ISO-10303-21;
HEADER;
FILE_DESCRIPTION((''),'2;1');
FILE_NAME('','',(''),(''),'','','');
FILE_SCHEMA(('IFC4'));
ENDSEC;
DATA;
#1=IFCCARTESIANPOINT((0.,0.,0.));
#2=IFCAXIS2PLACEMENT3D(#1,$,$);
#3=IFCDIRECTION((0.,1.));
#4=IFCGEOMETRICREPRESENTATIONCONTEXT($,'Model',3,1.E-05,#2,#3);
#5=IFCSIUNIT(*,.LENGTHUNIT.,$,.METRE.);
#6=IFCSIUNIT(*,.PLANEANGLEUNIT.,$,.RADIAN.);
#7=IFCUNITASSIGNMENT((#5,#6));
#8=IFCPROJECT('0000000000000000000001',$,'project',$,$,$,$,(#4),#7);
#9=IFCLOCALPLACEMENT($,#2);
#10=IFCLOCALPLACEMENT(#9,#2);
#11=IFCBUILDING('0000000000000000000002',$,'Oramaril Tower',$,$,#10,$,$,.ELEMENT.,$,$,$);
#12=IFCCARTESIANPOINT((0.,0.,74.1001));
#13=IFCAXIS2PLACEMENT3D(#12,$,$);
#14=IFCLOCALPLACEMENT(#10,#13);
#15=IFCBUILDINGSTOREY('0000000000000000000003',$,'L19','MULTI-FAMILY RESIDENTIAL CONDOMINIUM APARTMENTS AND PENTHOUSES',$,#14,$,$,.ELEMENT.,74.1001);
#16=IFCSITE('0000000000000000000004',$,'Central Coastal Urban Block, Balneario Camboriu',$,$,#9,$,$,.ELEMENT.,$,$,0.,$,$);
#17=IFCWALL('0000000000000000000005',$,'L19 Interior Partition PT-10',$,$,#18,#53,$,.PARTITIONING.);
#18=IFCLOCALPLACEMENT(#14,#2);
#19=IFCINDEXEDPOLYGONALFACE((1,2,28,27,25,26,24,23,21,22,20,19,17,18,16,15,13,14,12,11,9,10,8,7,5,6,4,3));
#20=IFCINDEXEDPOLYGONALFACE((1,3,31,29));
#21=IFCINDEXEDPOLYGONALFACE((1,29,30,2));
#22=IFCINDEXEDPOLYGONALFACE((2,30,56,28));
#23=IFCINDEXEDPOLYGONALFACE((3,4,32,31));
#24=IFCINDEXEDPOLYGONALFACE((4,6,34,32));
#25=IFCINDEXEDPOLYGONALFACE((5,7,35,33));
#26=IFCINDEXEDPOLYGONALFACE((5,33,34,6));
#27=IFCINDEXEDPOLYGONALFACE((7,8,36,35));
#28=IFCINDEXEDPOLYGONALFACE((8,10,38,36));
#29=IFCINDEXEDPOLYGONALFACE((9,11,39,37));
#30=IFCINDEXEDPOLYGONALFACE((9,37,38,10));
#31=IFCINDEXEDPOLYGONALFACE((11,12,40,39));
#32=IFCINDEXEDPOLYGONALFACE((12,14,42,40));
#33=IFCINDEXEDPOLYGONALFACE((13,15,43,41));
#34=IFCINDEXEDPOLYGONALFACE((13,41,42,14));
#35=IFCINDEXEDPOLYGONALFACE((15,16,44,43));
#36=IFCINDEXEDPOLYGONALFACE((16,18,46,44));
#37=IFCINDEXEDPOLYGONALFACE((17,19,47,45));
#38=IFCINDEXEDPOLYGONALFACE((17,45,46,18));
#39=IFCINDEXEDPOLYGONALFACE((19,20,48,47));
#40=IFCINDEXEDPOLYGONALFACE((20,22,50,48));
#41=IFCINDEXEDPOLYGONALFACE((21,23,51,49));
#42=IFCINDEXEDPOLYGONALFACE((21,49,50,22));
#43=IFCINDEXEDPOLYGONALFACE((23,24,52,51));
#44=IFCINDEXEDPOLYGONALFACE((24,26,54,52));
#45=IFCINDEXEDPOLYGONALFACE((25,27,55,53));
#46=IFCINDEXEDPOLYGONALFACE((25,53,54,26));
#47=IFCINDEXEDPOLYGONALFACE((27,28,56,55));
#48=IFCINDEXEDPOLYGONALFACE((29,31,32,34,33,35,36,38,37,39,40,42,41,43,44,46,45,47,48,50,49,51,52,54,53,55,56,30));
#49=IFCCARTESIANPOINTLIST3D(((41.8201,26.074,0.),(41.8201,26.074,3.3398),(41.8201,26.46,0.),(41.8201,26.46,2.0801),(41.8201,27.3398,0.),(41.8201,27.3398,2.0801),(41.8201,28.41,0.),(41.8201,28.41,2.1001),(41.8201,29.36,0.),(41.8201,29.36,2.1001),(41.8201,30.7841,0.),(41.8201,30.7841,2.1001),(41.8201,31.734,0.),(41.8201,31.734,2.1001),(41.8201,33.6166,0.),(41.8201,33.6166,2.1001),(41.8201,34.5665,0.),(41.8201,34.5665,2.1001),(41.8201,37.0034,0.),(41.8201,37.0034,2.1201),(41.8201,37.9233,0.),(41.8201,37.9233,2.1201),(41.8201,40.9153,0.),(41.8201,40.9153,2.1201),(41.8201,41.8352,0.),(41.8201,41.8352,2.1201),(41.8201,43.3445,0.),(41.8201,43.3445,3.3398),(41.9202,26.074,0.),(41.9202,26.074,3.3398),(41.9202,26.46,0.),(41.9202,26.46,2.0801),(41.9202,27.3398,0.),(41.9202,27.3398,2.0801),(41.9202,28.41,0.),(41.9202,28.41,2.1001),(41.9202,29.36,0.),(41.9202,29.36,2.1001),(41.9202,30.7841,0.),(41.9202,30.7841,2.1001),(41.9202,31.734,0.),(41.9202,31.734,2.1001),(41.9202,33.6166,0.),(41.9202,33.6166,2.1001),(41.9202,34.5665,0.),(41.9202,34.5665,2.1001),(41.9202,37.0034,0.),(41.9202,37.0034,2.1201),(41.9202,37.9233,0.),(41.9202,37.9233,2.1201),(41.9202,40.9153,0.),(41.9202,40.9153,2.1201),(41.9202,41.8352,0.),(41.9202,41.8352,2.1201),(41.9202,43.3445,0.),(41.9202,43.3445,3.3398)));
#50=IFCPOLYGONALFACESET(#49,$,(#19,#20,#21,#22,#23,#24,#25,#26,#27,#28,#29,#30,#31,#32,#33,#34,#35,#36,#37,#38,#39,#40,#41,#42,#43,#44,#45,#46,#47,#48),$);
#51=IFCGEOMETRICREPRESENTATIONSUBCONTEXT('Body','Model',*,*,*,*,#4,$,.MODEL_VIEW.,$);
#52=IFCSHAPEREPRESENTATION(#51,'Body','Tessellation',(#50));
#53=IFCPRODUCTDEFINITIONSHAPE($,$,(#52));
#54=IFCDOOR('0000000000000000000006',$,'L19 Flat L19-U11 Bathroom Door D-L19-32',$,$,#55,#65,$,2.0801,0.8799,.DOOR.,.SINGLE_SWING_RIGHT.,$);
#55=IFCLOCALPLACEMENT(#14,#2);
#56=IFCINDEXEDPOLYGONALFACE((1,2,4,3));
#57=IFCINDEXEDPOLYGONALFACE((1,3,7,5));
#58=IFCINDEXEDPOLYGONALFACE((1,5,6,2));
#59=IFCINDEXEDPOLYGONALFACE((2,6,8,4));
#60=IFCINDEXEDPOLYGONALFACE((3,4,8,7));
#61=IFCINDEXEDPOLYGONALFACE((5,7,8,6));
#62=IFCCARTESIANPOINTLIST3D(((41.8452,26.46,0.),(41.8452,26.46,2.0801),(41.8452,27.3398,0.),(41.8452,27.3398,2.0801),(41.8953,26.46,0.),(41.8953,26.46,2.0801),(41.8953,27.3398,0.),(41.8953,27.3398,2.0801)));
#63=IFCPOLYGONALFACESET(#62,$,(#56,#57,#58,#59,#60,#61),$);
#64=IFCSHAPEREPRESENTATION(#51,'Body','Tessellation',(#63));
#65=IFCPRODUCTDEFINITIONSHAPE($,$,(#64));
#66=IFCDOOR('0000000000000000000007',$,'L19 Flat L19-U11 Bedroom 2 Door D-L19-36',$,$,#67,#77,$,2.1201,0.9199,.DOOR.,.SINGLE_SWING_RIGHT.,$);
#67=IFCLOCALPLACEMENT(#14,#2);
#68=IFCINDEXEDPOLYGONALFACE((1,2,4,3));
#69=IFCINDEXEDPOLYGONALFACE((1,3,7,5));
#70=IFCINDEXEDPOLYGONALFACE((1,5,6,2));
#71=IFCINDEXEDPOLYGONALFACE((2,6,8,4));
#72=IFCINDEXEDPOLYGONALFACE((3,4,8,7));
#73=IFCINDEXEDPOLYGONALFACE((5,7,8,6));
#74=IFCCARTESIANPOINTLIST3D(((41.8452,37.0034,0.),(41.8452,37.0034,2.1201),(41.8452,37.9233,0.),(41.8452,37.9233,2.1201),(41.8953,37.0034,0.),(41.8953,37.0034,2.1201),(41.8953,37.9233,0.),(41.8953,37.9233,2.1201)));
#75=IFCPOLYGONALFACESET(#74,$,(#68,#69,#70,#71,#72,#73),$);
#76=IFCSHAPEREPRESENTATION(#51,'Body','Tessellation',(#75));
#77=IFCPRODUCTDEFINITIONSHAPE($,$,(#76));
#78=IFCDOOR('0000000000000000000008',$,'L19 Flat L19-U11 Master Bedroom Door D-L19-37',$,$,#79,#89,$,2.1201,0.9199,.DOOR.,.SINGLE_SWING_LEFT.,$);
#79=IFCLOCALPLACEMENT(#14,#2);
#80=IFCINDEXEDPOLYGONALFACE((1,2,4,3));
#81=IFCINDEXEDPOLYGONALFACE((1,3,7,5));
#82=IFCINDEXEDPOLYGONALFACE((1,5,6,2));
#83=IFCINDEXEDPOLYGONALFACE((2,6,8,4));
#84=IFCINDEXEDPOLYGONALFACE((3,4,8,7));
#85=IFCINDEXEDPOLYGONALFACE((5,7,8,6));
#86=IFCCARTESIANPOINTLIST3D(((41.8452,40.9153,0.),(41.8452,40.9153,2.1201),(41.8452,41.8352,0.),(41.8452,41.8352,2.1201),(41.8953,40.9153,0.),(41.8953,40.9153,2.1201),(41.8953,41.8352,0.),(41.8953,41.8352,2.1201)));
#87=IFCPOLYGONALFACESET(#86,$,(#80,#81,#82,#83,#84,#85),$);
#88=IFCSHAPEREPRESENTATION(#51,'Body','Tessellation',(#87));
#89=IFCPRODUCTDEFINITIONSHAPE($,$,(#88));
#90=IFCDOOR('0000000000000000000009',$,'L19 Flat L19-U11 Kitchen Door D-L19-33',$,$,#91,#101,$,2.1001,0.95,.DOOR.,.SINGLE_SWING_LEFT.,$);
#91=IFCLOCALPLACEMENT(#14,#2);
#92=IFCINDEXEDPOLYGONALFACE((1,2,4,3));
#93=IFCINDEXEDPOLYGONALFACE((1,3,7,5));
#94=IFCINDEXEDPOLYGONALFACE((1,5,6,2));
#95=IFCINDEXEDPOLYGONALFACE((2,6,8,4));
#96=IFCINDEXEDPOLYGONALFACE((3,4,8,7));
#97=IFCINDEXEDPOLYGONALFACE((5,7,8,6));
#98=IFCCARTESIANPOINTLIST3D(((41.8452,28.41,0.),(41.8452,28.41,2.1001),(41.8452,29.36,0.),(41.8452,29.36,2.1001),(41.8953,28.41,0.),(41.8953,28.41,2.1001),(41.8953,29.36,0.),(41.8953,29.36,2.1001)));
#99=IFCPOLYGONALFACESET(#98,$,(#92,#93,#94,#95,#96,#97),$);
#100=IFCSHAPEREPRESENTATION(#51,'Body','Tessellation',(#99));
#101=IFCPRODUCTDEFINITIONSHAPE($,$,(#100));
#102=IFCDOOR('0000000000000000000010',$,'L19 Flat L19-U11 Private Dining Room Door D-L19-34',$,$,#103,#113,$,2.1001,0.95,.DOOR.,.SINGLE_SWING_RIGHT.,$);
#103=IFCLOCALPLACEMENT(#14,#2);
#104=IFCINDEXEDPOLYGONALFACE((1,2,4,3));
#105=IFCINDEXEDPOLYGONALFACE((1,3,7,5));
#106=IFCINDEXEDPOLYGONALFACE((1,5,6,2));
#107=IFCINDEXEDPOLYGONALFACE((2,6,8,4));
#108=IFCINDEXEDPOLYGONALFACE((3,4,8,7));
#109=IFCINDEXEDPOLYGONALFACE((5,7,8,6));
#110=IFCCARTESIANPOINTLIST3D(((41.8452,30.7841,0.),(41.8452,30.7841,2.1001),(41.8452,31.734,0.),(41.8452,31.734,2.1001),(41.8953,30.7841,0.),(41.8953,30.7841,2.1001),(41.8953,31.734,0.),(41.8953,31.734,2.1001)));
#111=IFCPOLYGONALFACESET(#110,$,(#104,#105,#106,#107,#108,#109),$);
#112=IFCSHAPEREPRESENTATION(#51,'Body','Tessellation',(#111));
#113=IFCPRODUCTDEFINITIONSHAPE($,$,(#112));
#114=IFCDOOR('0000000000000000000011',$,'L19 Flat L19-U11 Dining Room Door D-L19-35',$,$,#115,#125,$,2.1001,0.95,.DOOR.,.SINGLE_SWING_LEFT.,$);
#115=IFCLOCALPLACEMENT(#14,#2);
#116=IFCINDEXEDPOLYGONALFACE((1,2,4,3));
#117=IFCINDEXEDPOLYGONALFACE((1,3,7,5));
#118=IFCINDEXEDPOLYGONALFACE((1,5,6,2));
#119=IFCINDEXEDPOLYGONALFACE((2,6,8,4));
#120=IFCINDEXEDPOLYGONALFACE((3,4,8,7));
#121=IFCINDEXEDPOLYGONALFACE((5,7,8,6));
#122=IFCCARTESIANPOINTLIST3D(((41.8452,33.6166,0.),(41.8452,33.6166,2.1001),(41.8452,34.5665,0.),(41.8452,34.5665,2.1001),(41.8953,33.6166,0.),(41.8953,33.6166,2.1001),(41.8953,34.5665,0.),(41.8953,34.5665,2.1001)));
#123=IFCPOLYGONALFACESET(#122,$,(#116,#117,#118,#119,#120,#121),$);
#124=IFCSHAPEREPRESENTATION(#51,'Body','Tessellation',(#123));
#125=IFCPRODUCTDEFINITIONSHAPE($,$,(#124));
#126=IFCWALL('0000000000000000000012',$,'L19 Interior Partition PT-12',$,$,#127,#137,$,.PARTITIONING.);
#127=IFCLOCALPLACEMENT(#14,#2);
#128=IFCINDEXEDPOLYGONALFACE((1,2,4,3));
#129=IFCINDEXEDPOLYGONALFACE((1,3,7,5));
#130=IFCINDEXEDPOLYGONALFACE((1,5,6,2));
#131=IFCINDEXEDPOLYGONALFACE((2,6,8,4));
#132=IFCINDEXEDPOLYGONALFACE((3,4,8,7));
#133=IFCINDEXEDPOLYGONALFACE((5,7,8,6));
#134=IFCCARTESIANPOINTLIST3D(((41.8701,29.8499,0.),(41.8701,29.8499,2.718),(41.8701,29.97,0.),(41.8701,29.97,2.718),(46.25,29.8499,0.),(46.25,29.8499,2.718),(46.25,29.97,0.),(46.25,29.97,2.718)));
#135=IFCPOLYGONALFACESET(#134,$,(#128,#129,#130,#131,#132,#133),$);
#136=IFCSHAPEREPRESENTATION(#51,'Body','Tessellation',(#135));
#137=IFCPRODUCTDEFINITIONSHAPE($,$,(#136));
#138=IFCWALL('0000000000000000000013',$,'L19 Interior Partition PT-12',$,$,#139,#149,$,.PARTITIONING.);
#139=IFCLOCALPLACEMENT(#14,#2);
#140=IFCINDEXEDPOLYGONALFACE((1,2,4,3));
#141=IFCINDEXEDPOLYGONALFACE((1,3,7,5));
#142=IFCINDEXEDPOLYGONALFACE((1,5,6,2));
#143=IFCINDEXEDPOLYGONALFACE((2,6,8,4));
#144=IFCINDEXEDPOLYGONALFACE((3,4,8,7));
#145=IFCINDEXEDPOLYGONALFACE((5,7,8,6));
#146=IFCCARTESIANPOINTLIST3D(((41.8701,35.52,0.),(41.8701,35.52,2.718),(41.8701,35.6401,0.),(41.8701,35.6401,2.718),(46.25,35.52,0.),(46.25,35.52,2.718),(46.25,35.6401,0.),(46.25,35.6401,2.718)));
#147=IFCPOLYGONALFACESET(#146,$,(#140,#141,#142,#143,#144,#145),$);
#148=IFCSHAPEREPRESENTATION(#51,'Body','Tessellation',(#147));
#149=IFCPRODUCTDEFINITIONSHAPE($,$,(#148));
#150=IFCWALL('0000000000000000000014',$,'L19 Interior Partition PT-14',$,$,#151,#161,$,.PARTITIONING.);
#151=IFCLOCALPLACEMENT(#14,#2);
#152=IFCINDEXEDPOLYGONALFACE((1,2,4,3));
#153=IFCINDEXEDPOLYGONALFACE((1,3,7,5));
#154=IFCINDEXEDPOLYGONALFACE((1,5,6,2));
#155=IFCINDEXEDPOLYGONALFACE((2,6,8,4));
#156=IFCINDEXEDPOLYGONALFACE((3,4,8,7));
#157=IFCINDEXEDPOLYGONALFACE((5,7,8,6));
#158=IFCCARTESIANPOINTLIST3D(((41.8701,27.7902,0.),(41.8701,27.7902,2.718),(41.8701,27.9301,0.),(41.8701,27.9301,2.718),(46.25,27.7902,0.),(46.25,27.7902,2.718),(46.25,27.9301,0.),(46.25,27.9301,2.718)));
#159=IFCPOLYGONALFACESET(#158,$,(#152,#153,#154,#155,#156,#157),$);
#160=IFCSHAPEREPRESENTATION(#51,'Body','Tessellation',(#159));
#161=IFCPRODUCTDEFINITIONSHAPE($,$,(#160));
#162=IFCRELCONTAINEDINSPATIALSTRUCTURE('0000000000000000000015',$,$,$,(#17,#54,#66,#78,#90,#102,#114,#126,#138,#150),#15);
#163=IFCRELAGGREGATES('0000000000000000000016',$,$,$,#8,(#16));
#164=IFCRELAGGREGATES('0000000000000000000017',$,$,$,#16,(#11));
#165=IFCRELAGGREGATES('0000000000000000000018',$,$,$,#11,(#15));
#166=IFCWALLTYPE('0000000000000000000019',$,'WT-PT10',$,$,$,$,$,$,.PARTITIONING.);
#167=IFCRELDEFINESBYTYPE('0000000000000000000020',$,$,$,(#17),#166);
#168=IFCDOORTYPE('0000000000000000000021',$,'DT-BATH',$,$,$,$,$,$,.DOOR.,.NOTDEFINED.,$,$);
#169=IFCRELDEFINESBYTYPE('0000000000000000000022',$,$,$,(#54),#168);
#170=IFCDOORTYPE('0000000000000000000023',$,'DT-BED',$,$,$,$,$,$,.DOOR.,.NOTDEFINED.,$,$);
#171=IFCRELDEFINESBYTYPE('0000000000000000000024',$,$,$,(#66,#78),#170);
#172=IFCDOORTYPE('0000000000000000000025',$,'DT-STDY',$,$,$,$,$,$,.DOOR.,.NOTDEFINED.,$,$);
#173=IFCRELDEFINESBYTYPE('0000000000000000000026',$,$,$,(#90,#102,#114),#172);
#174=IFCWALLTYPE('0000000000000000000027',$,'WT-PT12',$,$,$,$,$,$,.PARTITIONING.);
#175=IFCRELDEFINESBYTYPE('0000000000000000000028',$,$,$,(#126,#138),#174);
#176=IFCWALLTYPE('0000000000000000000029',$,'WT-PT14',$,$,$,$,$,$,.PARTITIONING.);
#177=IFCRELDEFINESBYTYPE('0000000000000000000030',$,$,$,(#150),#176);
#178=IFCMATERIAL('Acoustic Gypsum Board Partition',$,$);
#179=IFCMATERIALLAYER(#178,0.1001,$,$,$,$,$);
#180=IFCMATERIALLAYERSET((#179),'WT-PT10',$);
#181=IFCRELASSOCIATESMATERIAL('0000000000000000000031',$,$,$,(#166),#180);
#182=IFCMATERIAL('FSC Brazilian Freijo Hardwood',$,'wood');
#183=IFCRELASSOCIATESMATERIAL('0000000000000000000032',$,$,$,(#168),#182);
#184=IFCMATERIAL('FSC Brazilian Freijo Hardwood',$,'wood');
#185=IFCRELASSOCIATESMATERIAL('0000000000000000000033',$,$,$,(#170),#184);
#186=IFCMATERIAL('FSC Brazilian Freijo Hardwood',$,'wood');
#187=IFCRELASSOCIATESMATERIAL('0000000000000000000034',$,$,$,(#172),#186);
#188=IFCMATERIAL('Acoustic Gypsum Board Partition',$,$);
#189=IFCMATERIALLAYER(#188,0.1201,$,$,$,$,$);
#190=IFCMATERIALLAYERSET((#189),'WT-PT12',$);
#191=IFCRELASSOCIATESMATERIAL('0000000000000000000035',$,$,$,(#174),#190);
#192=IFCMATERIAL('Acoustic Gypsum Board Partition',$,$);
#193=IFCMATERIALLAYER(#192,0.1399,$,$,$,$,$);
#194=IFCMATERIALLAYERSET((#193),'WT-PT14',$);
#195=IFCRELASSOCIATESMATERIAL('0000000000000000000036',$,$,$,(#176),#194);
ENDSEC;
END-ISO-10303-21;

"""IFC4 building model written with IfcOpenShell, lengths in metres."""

from ifc_helpers import new_model, si_unit, direction, frame, frame_2d, origin, place, context, subcontext, project, spatial, rectangle, extrude, material, layer, layer_set, type_object, element, fill, save


model = new_model("IFC4")

# Units and contexts
model_context = context("Model", 3, precision=1e-05, world=origin(), true_north=direction((0.0, 1.0)))
body_context = subcontext(model_context, "Body", "Model", "MODEL_VIEW")
ifc_project = project(units=[si_unit("LENGTHUNIT", "METRE"), si_unit("PLANEANGLEUNIT", "RADIAN")], contexts=[model_context])

# Site, building, storey
site_placement = place(None, origin())
site = spatial("IfcSite", under=ifc_project, at=site_placement, Name="Central Coastal Urban Block, Balneario Camboriu", CompositionType="ELEMENT", RefElevation=0.0)
building_placement = place(site_placement, origin())
building = spatial("IfcBuilding", under=site, at=building_placement, Name="Oramaril Tower", CompositionType="ELEMENT")
storey_placement = place(building_placement, frame((0.0, 0.0, 74.1001)))
storey = spatial("IfcBuildingStorey", under=building, at=storey_placement, Name="L19", Description="MULTI-FAMILY RESIDENTIAL CONDOMINIUM APARTMENTS AND PENTHOUSES", CompositionType="ELEMENT", Elevation=74.1001)

# Shared definitions
ifc_material_1 = material(Name="Acoustic Gypsum Board Partition")
ifc_layer_1 = layer(ifc_material_1, 0.1001)
ifc_layer_set_1 = layer_set([ifc_layer_1], Name="WT-PT10")
wall_type_1 = type_object("IfcWallType", Name="WT-PT10", PredefinedType="PARTITIONING", material=ifc_layer_set_1)

# Wall, openings, doors
ifc_material_2 = material(Name="FSC Brazilian Freijo Hardwood", Category="wood")
door_type_1 = type_object("IfcDoorType", Name="DT-BATH", OperationType="NOTDEFINED", PredefinedType="DOOR", material=ifc_material_2)
ifc_material_3 = material(Name="FSC Brazilian Freijo Hardwood", Category="wood")
door_type_2 = type_object("IfcDoorType", Name="DT-BED", OperationType="NOTDEFINED", PredefinedType="DOOR", material=ifc_material_3)
ifc_material_4 = material(Name="FSC Brazilian Freijo Hardwood", Category="wood")
door_type_3 = type_object("IfcDoorType", Name="DT-STDY", OperationType="NOTDEFINED", PredefinedType="DOOR", material=ifc_material_4)
wall_1_placement = place(storey_placement, frame((41.8701, 26.074, 0.0), z_axis=(0.0, 0.0, 1.0), x_axis=(0.0, 1.0, 0.0)))
wall_1 = element("IfcWall", 1, at=wall_1_placement, inside=storey, type_object=wall_type_1, Name="L19 Interior Partition PT-10", PredefinedType="PARTITIONING", context=body_context, shape_type="SweptSolid", body=[
    extrude(rectangle(XDim=17.2705, YDim=0.1001, at=frame_2d((8.6353, 0.0))), origin(), (0.0, 0.0, 1.0), 3.3398),
])
opening_1_placement = place(wall_1_placement, frame((0.386, 0.0, 0.0)))
opening_1 = element("IfcOpeningElement", 2, at=opening_1_placement, cuts=wall_1, PredefinedType="OPENING", context=body_context, shape_type="SweptSolid", body=[
    extrude(rectangle(XDim=0.8799, YDim=2.0801, at=frame_2d((0.4399, 1.04))), frame((0.0, 0.05, 0.0), z_axis=(0.0, -1.0, 0.0), x_axis=(1.0, 0.0, 0.0)), (0.0, 0.0, 1.0), 0.1001),
])
opening_2_placement = place(wall_1_placement, frame((2.3359, 0.0, 0.0)))
opening_2 = element("IfcOpeningElement", 3, at=opening_2_placement, cuts=wall_1, PredefinedType="OPENING", context=body_context, shape_type="SweptSolid", body=[
    extrude(rectangle(XDim=0.95, YDim=2.1001, at=frame_2d((0.4751, 1.05))), frame((0.0, 0.05, 0.0), z_axis=(0.0, -1.0, 0.0), x_axis=(1.0, 0.0, 0.0)), (0.0, 0.0, 1.0), 0.1001),
])
opening_3_placement = place(wall_1_placement, frame((4.71, 0.0, 0.0)))
opening_3 = element("IfcOpeningElement", 4, at=opening_3_placement, cuts=wall_1, PredefinedType="OPENING", context=body_context, shape_type="SweptSolid", body=[
    extrude(rectangle(XDim=0.95, YDim=2.1001, at=frame_2d((0.4751, 1.05))), frame((0.0, 0.05, 0.0), z_axis=(0.0, -1.0, 0.0), x_axis=(1.0, 0.0, 0.0)), (0.0, 0.0, 1.0), 0.1001),
])
opening_4_placement = place(wall_1_placement, frame((7.5425, 0.0, 0.0)))
opening_4 = element("IfcOpeningElement", 5, at=opening_4_placement, cuts=wall_1, PredefinedType="OPENING", context=body_context, shape_type="SweptSolid", body=[
    extrude(rectangle(XDim=0.95, YDim=2.1001, at=frame_2d((0.4751, 1.05))), frame((0.0, 0.05, 0.0), z_axis=(0.0, -1.0, 0.0), x_axis=(1.0, 0.0, 0.0)), (0.0, 0.0, 1.0), 0.1001),
])
opening_5_placement = place(wall_1_placement, frame((10.9294, 0.0, 0.0)))
opening_5 = element("IfcOpeningElement", 6, at=opening_5_placement, cuts=wall_1, PredefinedType="OPENING", context=body_context, shape_type="SweptSolid", body=[
    extrude(rectangle(XDim=0.9199, YDim=2.1201, at=frame_2d((0.46, 1.0601))), frame((0.0, 0.05, 0.0), z_axis=(0.0, -1.0, 0.0), x_axis=(1.0, 0.0, 0.0)), (0.0, 0.0, 1.0), 0.1001),
])
opening_6_placement = place(wall_1_placement, frame((14.8413, 0.0, 0.0)))
opening_6 = element("IfcOpeningElement", 7, at=opening_6_placement, cuts=wall_1, PredefinedType="OPENING", context=body_context, shape_type="SweptSolid", body=[
    extrude(rectangle(XDim=0.9199, YDim=2.1201, at=frame_2d((0.46, 1.0601))), frame((0.0, 0.05, 0.0), z_axis=(0.0, -1.0, 0.0), x_axis=(1.0, 0.0, 0.0)), (0.0, 0.0, 1.0), 0.1001),
])
door_1_placement = place(opening_1_placement, origin())
door_1 = element("IfcDoor", 8, at=door_1_placement, inside=storey, type_object=door_type_1, Name="L19 Flat L19-U11 Bathroom Door D-L19-32", OperationType="SINGLE_SWING_RIGHT", OverallHeight=2.0801, OverallWidth=0.8799, PredefinedType="DOOR", context=body_context, shape_type="SweptSolid", body=[
    extrude(rectangle(XDim=0.8799, YDim=2.0801, at=frame_2d((0.4399, 1.04))), frame((0.0, 0.0249, 0.0), z_axis=(0.0, -1.0, 0.0), x_axis=(1.0, 0.0, 0.0)), (0.0, 0.0, 1.0), 0.05),
])
fill(opening_1, door_1)
door_2_placement = place(opening_5_placement, origin())
door_2 = element("IfcDoor", 9, at=door_2_placement, inside=storey, type_object=door_type_2, Name="L19 Flat L19-U11 Bedroom 2 Door D-L19-36", OperationType="SINGLE_SWING_RIGHT", OverallHeight=2.1201, OverallWidth=0.9199, PredefinedType="DOOR", context=body_context, shape_type="SweptSolid", body=[
    extrude(rectangle(XDim=0.9199, YDim=2.1201, at=frame_2d((0.46, 1.0601))), frame((0.0, 0.0249, 0.0), z_axis=(0.0, -1.0, 0.0), x_axis=(1.0, 0.0, 0.0)), (0.0, 0.0, 1.0), 0.05),
])
fill(opening_5, door_2)
door_3_placement = place(opening_6_placement, origin())
door_3 = element("IfcDoor", 10, at=door_3_placement, inside=storey, type_object=door_type_2, Name="L19 Flat L19-U11 Master Bedroom Door D-L19-37", OperationType="SINGLE_SWING_LEFT", OverallHeight=2.1201, OverallWidth=0.9199, PredefinedType="DOOR", context=body_context, shape_type="SweptSolid", body=[
    extrude(rectangle(XDim=0.9199, YDim=2.1201, at=frame_2d((0.46, 1.0601))), frame((0.0, 0.0249, 0.0), z_axis=(0.0, -1.0, 0.0), x_axis=(1.0, 0.0, 0.0)), (0.0, 0.0, 1.0), 0.05),
])
fill(opening_6, door_3)
door_4_placement = place(opening_2_placement, origin())
door_4 = element("IfcDoor", 11, at=door_4_placement, inside=storey, type_object=door_type_3, Name="L19 Flat L19-U11 Kitchen Door D-L19-33", OperationType="SINGLE_SWING_LEFT", OverallHeight=2.1001, OverallWidth=0.95, PredefinedType="DOOR", context=body_context, shape_type="SweptSolid", body=[
    extrude(rectangle(XDim=0.95, YDim=2.1001, at=frame_2d((0.4751, 1.05))), frame((0.0, 0.0249, 0.0), z_axis=(0.0, -1.0, 0.0), x_axis=(1.0, 0.0, 0.0)), (0.0, 0.0, 1.0), 0.05),
])
fill(opening_2, door_4)
door_5_placement = place(opening_3_placement, origin())
door_5 = element("IfcDoor", 12, at=door_5_placement, inside=storey, type_object=door_type_3, Name="L19 Flat L19-U11 Private Dining Room Door D-L19-34", OperationType="SINGLE_SWING_RIGHT", OverallHeight=2.1001, OverallWidth=0.95, PredefinedType="DOOR", context=body_context, shape_type="SweptSolid", body=[
    extrude(rectangle(XDim=0.95, YDim=2.1001, at=frame_2d((0.4751, 1.05))), frame((0.0, 0.0249, 0.0), z_axis=(0.0, -1.0, 0.0), x_axis=(1.0, 0.0, 0.0)), (0.0, 0.0, 1.0), 0.05),
])
fill(opening_3, door_5)
door_6_placement = place(opening_4_placement, origin())
door_6 = element("IfcDoor", 13, at=door_6_placement, inside=storey, type_object=door_type_3, Name="L19 Flat L19-U11 Dining Room Door D-L19-35", OperationType="SINGLE_SWING_LEFT", OverallHeight=2.1001, OverallWidth=0.95, PredefinedType="DOOR", context=body_context, shape_type="SweptSolid", body=[
    extrude(rectangle(XDim=0.95, YDim=2.1001, at=frame_2d((0.4751, 1.05))), frame((0.0, 0.0249, 0.0), z_axis=(0.0, -1.0, 0.0), x_axis=(1.0, 0.0, 0.0)), (0.0, 0.0, 1.0), 0.05),
])
fill(opening_4, door_6)

# Walls
ifc_material_5 = material(Name="Acoustic Gypsum Board Partition")
ifc_layer_2 = layer(ifc_material_5, 0.1201)
ifc_layer_set_2 = layer_set([ifc_layer_2], Name="WT-PT12")
wall_type_2 = type_object("IfcWallType", Name="WT-PT12", PredefinedType="PARTITIONING", material=ifc_layer_set_2)
for number, where, z_axis, x_axis, name in (
    (14, (41.8701, 29.9099, 0.0), (0.0, 0.0, 1.0), (1.0, 0.0, 0.0), "L19 Interior Partition PT-12"),
    (15, (41.8701, 35.5801, 0.0), (0.0, 0.0, 1.0), (1.0, 0.0, 0.0), "L19 Interior Partition PT-12"),
):
    element("IfcWall", number, at=place(storey_placement, frame(where, z_axis=z_axis, x_axis=x_axis)), inside=storey, type_object=wall_type_2, Name=name, PredefinedType="PARTITIONING", context=body_context, shape_type="SweptSolid", body=[
        extrude(rectangle(XDim=4.3799, YDim=0.1201, at=frame_2d((2.1899, 0.0))), origin(), (0.0, 0.0, 1.0), 2.718),
    ])
ifc_material_6 = material(Name="Acoustic Gypsum Board Partition")
ifc_layer_3 = layer(ifc_material_6, 0.1399)
ifc_layer_set_3 = layer_set([ifc_layer_3], Name="WT-PT14")
wall_type_3 = type_object("IfcWallType", Name="WT-PT14", PredefinedType="PARTITIONING", material=ifc_layer_set_3)
wall_2_placement = place(storey_placement, frame((41.8701, 27.8601, 0.0), z_axis=(0.0, 0.0, 1.0), x_axis=(1.0, 0.0, 0.0)))
element("IfcWall", 16, at=wall_2_placement, inside=storey, type_object=wall_type_3, Name="L19 Interior Partition PT-14", PredefinedType="PARTITIONING", context=body_context, shape_type="SweptSolid", body=[
    extrude(rectangle(XDim=4.3799, YDim=0.1399, at=frame_2d((2.1899, 0.0))), origin(), (0.0, 0.0, 1.0), 2.718),
])

save(model, "model.ifc")
